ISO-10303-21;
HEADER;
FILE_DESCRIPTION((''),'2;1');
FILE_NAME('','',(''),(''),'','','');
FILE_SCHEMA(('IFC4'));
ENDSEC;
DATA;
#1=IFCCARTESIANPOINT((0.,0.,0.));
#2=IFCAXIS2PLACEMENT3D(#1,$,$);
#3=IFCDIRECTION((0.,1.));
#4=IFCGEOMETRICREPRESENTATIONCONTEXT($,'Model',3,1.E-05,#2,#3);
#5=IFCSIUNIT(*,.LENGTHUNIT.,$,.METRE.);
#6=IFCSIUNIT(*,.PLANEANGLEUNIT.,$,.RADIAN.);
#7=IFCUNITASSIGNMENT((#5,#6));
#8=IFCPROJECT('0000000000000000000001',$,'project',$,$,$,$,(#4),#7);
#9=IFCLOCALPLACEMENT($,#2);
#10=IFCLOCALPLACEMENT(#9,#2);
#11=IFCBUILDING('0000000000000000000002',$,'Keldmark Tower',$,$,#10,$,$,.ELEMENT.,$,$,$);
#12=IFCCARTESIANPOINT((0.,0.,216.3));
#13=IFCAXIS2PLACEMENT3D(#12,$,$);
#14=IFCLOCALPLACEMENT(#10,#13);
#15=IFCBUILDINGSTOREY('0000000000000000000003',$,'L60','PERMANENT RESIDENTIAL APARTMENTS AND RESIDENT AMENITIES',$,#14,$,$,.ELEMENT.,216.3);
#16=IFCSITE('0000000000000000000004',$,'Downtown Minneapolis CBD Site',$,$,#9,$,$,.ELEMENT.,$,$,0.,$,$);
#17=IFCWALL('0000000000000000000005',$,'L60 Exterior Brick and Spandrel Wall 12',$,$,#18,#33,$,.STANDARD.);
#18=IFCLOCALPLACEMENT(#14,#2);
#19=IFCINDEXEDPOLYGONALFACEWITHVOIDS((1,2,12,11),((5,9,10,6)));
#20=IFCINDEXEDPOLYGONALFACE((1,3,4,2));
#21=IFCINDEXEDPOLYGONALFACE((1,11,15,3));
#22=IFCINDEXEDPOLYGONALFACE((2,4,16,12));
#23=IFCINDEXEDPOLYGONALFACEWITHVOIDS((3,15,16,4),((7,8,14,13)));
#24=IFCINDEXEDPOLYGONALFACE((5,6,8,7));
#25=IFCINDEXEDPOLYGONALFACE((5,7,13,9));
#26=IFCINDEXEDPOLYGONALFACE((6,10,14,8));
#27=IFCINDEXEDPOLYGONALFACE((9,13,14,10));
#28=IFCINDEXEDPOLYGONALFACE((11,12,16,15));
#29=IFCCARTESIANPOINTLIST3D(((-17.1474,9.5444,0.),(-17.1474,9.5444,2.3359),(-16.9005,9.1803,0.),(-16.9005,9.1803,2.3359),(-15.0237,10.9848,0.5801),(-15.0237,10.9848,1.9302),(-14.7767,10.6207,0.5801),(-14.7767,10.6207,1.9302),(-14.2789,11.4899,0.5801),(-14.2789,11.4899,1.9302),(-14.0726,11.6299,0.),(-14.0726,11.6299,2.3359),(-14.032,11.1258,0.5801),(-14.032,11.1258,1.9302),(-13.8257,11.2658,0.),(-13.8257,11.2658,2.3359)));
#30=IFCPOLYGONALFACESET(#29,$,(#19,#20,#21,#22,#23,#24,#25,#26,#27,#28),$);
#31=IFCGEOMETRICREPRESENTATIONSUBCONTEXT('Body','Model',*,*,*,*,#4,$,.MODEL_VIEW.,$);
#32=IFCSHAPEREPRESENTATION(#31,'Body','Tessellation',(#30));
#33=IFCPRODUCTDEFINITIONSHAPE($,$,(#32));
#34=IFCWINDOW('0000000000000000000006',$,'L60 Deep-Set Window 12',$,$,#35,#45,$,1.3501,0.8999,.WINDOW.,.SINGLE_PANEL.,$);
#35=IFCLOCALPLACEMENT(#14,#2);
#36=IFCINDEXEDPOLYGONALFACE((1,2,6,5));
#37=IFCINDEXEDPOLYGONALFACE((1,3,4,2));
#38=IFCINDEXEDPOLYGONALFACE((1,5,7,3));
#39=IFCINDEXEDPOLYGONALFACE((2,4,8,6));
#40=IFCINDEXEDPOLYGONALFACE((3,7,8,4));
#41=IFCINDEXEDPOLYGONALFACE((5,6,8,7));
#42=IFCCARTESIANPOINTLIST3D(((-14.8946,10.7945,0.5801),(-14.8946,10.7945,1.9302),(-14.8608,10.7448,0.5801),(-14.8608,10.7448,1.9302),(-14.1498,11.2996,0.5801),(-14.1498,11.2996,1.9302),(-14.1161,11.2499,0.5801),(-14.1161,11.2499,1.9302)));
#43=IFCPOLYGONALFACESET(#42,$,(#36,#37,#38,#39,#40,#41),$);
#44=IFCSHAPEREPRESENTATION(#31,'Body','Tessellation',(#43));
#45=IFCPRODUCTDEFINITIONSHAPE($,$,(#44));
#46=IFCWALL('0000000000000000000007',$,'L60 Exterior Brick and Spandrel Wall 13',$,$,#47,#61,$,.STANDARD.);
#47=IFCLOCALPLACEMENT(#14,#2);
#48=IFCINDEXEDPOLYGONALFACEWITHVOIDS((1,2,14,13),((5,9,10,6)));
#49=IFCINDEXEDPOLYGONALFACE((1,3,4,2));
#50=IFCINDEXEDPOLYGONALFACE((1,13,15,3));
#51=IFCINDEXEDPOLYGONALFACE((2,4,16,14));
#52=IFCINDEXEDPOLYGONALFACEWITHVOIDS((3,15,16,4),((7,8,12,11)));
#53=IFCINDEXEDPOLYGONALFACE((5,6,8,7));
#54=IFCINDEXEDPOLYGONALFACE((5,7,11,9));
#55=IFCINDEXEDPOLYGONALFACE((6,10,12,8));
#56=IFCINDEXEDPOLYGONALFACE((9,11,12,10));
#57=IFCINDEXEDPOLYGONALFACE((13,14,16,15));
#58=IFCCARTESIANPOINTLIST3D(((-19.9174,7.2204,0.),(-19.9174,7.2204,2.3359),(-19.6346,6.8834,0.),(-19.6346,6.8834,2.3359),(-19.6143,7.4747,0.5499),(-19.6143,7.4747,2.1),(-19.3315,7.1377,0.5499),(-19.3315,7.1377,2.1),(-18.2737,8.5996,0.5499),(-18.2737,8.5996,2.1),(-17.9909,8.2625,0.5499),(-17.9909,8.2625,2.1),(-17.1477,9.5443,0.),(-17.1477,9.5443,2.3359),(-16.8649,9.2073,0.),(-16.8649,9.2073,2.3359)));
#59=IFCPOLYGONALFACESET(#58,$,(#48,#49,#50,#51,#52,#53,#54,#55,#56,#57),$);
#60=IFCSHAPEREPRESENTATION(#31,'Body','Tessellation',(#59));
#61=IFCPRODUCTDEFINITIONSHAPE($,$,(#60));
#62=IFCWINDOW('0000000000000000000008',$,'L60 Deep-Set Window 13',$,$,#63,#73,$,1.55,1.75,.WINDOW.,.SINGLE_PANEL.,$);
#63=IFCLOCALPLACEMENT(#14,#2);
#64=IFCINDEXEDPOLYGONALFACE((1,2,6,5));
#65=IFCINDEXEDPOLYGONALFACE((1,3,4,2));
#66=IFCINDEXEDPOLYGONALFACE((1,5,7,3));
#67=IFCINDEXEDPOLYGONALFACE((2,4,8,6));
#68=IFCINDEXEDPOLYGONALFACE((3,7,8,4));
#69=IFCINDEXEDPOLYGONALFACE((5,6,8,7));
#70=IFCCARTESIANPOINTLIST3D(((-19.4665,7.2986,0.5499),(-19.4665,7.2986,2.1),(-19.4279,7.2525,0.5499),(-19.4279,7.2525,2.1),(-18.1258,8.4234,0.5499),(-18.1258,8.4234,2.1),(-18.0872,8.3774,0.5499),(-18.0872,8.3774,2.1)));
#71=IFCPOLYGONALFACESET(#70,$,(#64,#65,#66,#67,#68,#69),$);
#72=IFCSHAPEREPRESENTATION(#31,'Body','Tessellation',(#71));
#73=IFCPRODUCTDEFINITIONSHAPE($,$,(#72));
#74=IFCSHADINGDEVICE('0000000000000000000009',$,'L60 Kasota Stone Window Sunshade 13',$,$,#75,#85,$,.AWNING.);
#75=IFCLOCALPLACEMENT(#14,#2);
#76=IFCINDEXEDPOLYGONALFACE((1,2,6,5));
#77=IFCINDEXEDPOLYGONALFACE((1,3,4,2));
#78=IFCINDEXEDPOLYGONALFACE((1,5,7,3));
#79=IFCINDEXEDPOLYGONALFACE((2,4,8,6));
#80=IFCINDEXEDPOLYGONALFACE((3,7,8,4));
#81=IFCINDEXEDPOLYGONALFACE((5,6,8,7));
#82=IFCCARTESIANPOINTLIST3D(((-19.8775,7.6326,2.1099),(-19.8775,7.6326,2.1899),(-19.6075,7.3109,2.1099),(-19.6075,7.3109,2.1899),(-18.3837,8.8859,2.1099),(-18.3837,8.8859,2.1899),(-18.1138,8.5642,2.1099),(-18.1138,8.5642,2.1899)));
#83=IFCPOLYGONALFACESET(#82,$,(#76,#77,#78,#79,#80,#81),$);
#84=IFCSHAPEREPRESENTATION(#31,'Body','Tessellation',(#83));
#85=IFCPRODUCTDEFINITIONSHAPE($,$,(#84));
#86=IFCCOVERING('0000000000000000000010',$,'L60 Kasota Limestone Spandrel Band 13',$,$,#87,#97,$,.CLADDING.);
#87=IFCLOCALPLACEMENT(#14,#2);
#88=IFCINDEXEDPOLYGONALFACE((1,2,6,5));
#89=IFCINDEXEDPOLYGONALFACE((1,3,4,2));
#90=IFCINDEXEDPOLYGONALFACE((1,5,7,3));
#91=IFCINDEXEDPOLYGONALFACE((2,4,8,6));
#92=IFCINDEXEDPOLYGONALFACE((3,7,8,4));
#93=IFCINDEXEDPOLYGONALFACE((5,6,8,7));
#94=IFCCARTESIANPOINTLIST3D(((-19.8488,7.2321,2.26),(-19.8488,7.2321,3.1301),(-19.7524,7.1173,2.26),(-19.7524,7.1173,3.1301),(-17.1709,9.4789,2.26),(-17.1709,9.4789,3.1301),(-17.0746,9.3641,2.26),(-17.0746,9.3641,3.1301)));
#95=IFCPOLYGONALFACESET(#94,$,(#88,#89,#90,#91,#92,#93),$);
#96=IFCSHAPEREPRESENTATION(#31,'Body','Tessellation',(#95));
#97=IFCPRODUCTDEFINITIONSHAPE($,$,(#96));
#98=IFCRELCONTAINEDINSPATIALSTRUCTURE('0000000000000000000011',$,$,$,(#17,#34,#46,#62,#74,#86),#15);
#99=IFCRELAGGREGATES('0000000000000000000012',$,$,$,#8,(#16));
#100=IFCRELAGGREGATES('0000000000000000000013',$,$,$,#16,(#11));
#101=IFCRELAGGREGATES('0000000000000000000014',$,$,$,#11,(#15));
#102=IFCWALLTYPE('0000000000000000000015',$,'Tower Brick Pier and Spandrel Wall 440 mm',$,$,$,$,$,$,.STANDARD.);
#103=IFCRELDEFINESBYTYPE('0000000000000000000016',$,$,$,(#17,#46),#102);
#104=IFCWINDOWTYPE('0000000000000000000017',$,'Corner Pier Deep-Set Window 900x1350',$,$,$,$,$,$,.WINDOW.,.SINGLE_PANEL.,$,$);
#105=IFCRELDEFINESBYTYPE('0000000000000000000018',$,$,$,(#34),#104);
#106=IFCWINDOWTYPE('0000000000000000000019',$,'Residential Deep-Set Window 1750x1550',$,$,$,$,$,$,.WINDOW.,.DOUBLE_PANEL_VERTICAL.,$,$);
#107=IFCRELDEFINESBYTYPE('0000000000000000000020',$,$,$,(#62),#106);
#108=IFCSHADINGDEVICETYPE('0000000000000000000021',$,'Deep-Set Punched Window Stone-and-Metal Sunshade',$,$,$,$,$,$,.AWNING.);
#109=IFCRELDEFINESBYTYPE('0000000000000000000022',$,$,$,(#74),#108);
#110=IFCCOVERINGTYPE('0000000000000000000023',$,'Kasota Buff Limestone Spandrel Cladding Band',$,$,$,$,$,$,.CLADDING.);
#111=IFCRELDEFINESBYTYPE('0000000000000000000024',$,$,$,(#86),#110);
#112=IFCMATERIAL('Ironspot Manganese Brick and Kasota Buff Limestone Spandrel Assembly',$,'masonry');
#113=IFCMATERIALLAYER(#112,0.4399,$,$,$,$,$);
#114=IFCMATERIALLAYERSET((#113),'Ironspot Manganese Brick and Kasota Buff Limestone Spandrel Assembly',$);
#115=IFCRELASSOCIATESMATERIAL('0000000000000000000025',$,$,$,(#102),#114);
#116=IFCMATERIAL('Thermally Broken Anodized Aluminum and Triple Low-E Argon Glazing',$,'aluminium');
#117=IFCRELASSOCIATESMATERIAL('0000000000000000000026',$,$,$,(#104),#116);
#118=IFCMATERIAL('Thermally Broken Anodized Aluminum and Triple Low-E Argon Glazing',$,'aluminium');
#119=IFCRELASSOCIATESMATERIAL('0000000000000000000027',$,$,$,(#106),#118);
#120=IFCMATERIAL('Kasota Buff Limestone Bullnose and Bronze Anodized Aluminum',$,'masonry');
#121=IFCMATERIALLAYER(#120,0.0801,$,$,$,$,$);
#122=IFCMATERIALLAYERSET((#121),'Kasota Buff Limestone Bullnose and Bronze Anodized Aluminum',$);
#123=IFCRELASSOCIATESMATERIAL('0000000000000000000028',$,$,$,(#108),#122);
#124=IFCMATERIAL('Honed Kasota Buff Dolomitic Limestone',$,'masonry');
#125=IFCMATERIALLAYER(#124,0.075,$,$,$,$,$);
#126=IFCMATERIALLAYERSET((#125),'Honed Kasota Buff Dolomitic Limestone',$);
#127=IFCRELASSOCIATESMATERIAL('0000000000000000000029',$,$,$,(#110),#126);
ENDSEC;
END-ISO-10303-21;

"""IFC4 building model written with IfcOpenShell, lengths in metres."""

from ifc_helpers import new_model, si_unit, direction, frame, frame_2d, origin, origin_2d, place, context, subcontext, project, spatial, rectangle, extrude, material, layer, layer_set, type_object, element, fill, save


model = new_model("IFC4")

# Units and contexts
model_context = context("Model", 3, precision=1e-05, world=origin(), true_north=direction((0.0, 1.0)))
body_context = subcontext(model_context, "Body", "Model", "MODEL_VIEW")
ifc_project = project(units=[si_unit("LENGTHUNIT", "METRE"), si_unit("PLANEANGLEUNIT", "RADIAN")], contexts=[model_context])

# Site, building, storey
site_placement = place(None, origin())
site = spatial("IfcSite", under=ifc_project, at=site_placement, Name="Downtown Minneapolis CBD Site", CompositionType="ELEMENT", RefElevation=0.0)
building_placement = place(site_placement, origin())
building = spatial("IfcBuilding", under=site, at=building_placement, Name="Keldmark Tower", CompositionType="ELEMENT")
storey_placement = place(building_placement, frame((0.0, 0.0, 216.3)))
storey = spatial("IfcBuildingStorey", under=building, at=storey_placement, Name="L60", Description="PERMANENT RESIDENTIAL APARTMENTS AND RESIDENT AMENITIES", CompositionType="ELEMENT", Elevation=216.3)

# Walls, openings, windows
ifc_material_1 = material(Name="Ironspot Manganese Brick and Kasota Buff Limestone Spandrel Assembly", Category="masonry")
ifc_layer_1 = layer(ifc_material_1, 0.4399)
ifc_layer_set_1 = layer_set([ifc_layer_1], Name="Ironspot Manganese Brick and Kasota Buff Limestone Spandrel Assembly")
wall_type_1 = type_object("IfcWallType", Name="Tower Brick Pier and Spandrel Wall 440 mm", PredefinedType="STANDARD", material=ifc_layer_set_1)
wall_1_placement = place(storey_placement, frame((-17.0239, 9.3623, 0.0), z_axis=(0.0, 0.0, 1.0), x_axis=(0.827596, 0.561325, 0.0)))
wall_1 = element("IfcWall", 1, at=wall_1_placement, inside=storey, type_object=wall_type_1, Name="L60 Exterior Brick and Spandrel Wall 12", PredefinedType="STANDARD", context=body_context, shape_type="SweptSolid", body=[
    extrude(rectangle(XDim=3.7153, YDim=0.4399, at=frame_2d((1.8577, 0.0))), origin(), (0.0, 0.0, 1.0), 2.3359),
])
opening_1_placement = place(wall_1_placement, frame((2.5662, 0.0, 0.5801)))
opening_1 = element("IfcOpeningElement", 2, at=opening_1_placement, cuts=wall_1, PredefinedType="OPENING", context=body_context, shape_type="SweptSolid", body=[
    extrude(rectangle(XDim=0.8999, YDim=1.3501, at=frame_2d((0.45, 0.675))), frame((0.0, 0.23, 0.0), z_axis=(0.0, -1.0, 0.0), x_axis=(1.0, 0.0, 0.0)), (0.0, 0.0, 1.0), 0.46),
])
ifc_material_2 = material(Name="Thermally Broken Anodized Aluminum and Triple Low-E Argon Glazing", Category="aluminium")
window_type_1 = type_object("IfcWindowType", Name="Corner Pier Deep-Set Window 900x1350", PartitioningType="SINGLE_PANEL", PredefinedType="WINDOW", material=ifc_material_2)
window_1_placement = place(opening_1_placement, origin())
window_1 = element("IfcWindow", 3, at=window_1_placement, inside=storey, type_object=window_type_1, Name="L60 Deep-Set Window 12", OverallHeight=1.3501, OverallWidth=0.8999, PartitioningType="SINGLE_PANEL", PredefinedType="WINDOW", context=body_context, shape_type="SweptSolid", body=[
    extrude(rectangle(XDim=0.8999, YDim=1.3501, at=frame_2d((0.45, 0.675))), frame((0.0, -0.01, 0.0), z_axis=(0.0, -1.0, 0.0), x_axis=(1.0, 0.0, 0.0)), (0.0, 0.0, 1.0), 0.0601),
])
fill(opening_1, window_1)
wall_2_placement = place(storey_placement, frame((-19.7759, 7.052, 0.0), z_axis=(0.0, 0.0, 1.0), x_axis=(0.766064, 0.642764, 0.0)))
wall_2 = element("IfcWall", 4, at=wall_2_placement, inside=storey, type_object=wall_type_1, Name="L60 Exterior Brick and Spandrel Wall 13", PredefinedType="STANDARD", context=body_context, shape_type="SweptSolid", body=[
    extrude(rectangle(XDim=3.6155, YDim=0.4399, at=frame_2d((1.8076, 0.0))), origin(), (0.0, 0.0, 1.0), 2.3359),
])
opening_2_placement = place(wall_2_placement, frame((0.3955, 0.0, 0.55)))
opening_2 = element("IfcOpeningElement", 5, at=opening_2_placement, cuts=wall_2, PredefinedType="OPENING", context=body_context, shape_type="SweptSolid", body=[
    extrude(rectangle(XDim=1.75, YDim=1.55, at=frame_2d((0.875, 0.7749))), frame((0.0, 0.23, 0.0), z_axis=(0.0, -1.0, 0.0), x_axis=(1.0, 0.0, 0.0)), (0.0, 0.0, 1.0), 0.46),
])
ifc_material_3 = material(Name="Thermally Broken Anodized Aluminum and Triple Low-E Argon Glazing", Category="aluminium")
window_type_2 = type_object("IfcWindowType", Name="Residential Deep-Set Window 1750x1550", PartitioningType="DOUBLE_PANEL_VERTICAL", PredefinedType="WINDOW", material=ifc_material_3)
window_2_placement = place(opening_2_placement, origin())
window_2 = element("IfcWindow", 6, at=window_2_placement, inside=storey, type_object=window_type_2, Name="L60 Deep-Set Window 13", OverallHeight=1.55, OverallWidth=1.75, PartitioningType="SINGLE_PANEL", PredefinedType="WINDOW", context=body_context, shape_type="SweptSolid", body=[
    extrude(rectangle(XDim=1.75, YDim=1.55, at=frame_2d((0.875, 0.7749))), frame((0.0, -0.01, 0.0), z_axis=(0.0, -1.0, 0.0), x_axis=(1.0, 0.0, 0.0)), (0.0, 0.0, 1.0), 0.0601),
])
fill(opening_2, window_2)

# Shading device
ifc_material_4 = material(Name="Kasota Buff Limestone Bullnose and Bronze Anodized Aluminum", Category="masonry")
ifc_layer_2 = layer(ifc_material_4, 0.0801)
ifc_layer_set_2 = layer_set([ifc_layer_2], Name="Kasota Buff Limestone Bullnose and Bronze Anodized Aluminum")
shading_device_type = type_object("IfcShadingDeviceType", Name="Deep-Set Punched Window Stone-and-Metal Sunshade", PredefinedType="AWNING", material=ifc_layer_set_2)
shading_device_placement = place(storey_placement, frame((-18.9956, 8.0984, 2.1099), z_axis=(0.0, 0.0, 1.0), x_axis=(0.766067, 0.642761, 0.0)))
element("IfcShadingDevice", 7, at=shading_device_placement, inside=storey, type_object=shading_device_type, Name="L60 Kasota Stone Window Sunshade 13", PredefinedType="AWNING", context=body_context, shape_type="SweptSolid", body=[
    extrude(rectangle(XDim=1.95, YDim=0.4199, at=origin_2d()), origin(), (0.0, 0.0, 1.0), 0.0801),
])

# Covering
ifc_material_5 = material(Name="Honed Kasota Buff Dolomitic Limestone", Category="masonry")
ifc_layer_3 = layer(ifc_material_5, 0.075)
ifc_layer_set_3 = layer_set([ifc_layer_3], Name="Honed Kasota Buff Dolomitic Limestone")
covering_type = type_object("IfcCoveringType", Name="Kasota Buff Limestone Spandrel Cladding Band", PredefinedType="CLADDING", material=ifc_layer_set_3)
covering_placement = place(storey_placement, frame((-18.4617, 8.2981, 2.26), z_axis=(0.0, 0.0, 1.0), x_axis=(-0.766067, -0.642761, 0.0)))
element("IfcCovering", 8, at=covering_placement, inside=storey, type_object=covering_type, Name="L60 Kasota Limestone Spandrel Band 13", PredefinedType="CLADDING", context=body_context, shape_type="SweptSolid", body=[
    extrude(rectangle(XDim=3.4956, YDim=0.1499, at=origin_2d()), origin(), (0.0, 0.0, 1.0), 0.8701),
])

save(model, "model.ifc")
